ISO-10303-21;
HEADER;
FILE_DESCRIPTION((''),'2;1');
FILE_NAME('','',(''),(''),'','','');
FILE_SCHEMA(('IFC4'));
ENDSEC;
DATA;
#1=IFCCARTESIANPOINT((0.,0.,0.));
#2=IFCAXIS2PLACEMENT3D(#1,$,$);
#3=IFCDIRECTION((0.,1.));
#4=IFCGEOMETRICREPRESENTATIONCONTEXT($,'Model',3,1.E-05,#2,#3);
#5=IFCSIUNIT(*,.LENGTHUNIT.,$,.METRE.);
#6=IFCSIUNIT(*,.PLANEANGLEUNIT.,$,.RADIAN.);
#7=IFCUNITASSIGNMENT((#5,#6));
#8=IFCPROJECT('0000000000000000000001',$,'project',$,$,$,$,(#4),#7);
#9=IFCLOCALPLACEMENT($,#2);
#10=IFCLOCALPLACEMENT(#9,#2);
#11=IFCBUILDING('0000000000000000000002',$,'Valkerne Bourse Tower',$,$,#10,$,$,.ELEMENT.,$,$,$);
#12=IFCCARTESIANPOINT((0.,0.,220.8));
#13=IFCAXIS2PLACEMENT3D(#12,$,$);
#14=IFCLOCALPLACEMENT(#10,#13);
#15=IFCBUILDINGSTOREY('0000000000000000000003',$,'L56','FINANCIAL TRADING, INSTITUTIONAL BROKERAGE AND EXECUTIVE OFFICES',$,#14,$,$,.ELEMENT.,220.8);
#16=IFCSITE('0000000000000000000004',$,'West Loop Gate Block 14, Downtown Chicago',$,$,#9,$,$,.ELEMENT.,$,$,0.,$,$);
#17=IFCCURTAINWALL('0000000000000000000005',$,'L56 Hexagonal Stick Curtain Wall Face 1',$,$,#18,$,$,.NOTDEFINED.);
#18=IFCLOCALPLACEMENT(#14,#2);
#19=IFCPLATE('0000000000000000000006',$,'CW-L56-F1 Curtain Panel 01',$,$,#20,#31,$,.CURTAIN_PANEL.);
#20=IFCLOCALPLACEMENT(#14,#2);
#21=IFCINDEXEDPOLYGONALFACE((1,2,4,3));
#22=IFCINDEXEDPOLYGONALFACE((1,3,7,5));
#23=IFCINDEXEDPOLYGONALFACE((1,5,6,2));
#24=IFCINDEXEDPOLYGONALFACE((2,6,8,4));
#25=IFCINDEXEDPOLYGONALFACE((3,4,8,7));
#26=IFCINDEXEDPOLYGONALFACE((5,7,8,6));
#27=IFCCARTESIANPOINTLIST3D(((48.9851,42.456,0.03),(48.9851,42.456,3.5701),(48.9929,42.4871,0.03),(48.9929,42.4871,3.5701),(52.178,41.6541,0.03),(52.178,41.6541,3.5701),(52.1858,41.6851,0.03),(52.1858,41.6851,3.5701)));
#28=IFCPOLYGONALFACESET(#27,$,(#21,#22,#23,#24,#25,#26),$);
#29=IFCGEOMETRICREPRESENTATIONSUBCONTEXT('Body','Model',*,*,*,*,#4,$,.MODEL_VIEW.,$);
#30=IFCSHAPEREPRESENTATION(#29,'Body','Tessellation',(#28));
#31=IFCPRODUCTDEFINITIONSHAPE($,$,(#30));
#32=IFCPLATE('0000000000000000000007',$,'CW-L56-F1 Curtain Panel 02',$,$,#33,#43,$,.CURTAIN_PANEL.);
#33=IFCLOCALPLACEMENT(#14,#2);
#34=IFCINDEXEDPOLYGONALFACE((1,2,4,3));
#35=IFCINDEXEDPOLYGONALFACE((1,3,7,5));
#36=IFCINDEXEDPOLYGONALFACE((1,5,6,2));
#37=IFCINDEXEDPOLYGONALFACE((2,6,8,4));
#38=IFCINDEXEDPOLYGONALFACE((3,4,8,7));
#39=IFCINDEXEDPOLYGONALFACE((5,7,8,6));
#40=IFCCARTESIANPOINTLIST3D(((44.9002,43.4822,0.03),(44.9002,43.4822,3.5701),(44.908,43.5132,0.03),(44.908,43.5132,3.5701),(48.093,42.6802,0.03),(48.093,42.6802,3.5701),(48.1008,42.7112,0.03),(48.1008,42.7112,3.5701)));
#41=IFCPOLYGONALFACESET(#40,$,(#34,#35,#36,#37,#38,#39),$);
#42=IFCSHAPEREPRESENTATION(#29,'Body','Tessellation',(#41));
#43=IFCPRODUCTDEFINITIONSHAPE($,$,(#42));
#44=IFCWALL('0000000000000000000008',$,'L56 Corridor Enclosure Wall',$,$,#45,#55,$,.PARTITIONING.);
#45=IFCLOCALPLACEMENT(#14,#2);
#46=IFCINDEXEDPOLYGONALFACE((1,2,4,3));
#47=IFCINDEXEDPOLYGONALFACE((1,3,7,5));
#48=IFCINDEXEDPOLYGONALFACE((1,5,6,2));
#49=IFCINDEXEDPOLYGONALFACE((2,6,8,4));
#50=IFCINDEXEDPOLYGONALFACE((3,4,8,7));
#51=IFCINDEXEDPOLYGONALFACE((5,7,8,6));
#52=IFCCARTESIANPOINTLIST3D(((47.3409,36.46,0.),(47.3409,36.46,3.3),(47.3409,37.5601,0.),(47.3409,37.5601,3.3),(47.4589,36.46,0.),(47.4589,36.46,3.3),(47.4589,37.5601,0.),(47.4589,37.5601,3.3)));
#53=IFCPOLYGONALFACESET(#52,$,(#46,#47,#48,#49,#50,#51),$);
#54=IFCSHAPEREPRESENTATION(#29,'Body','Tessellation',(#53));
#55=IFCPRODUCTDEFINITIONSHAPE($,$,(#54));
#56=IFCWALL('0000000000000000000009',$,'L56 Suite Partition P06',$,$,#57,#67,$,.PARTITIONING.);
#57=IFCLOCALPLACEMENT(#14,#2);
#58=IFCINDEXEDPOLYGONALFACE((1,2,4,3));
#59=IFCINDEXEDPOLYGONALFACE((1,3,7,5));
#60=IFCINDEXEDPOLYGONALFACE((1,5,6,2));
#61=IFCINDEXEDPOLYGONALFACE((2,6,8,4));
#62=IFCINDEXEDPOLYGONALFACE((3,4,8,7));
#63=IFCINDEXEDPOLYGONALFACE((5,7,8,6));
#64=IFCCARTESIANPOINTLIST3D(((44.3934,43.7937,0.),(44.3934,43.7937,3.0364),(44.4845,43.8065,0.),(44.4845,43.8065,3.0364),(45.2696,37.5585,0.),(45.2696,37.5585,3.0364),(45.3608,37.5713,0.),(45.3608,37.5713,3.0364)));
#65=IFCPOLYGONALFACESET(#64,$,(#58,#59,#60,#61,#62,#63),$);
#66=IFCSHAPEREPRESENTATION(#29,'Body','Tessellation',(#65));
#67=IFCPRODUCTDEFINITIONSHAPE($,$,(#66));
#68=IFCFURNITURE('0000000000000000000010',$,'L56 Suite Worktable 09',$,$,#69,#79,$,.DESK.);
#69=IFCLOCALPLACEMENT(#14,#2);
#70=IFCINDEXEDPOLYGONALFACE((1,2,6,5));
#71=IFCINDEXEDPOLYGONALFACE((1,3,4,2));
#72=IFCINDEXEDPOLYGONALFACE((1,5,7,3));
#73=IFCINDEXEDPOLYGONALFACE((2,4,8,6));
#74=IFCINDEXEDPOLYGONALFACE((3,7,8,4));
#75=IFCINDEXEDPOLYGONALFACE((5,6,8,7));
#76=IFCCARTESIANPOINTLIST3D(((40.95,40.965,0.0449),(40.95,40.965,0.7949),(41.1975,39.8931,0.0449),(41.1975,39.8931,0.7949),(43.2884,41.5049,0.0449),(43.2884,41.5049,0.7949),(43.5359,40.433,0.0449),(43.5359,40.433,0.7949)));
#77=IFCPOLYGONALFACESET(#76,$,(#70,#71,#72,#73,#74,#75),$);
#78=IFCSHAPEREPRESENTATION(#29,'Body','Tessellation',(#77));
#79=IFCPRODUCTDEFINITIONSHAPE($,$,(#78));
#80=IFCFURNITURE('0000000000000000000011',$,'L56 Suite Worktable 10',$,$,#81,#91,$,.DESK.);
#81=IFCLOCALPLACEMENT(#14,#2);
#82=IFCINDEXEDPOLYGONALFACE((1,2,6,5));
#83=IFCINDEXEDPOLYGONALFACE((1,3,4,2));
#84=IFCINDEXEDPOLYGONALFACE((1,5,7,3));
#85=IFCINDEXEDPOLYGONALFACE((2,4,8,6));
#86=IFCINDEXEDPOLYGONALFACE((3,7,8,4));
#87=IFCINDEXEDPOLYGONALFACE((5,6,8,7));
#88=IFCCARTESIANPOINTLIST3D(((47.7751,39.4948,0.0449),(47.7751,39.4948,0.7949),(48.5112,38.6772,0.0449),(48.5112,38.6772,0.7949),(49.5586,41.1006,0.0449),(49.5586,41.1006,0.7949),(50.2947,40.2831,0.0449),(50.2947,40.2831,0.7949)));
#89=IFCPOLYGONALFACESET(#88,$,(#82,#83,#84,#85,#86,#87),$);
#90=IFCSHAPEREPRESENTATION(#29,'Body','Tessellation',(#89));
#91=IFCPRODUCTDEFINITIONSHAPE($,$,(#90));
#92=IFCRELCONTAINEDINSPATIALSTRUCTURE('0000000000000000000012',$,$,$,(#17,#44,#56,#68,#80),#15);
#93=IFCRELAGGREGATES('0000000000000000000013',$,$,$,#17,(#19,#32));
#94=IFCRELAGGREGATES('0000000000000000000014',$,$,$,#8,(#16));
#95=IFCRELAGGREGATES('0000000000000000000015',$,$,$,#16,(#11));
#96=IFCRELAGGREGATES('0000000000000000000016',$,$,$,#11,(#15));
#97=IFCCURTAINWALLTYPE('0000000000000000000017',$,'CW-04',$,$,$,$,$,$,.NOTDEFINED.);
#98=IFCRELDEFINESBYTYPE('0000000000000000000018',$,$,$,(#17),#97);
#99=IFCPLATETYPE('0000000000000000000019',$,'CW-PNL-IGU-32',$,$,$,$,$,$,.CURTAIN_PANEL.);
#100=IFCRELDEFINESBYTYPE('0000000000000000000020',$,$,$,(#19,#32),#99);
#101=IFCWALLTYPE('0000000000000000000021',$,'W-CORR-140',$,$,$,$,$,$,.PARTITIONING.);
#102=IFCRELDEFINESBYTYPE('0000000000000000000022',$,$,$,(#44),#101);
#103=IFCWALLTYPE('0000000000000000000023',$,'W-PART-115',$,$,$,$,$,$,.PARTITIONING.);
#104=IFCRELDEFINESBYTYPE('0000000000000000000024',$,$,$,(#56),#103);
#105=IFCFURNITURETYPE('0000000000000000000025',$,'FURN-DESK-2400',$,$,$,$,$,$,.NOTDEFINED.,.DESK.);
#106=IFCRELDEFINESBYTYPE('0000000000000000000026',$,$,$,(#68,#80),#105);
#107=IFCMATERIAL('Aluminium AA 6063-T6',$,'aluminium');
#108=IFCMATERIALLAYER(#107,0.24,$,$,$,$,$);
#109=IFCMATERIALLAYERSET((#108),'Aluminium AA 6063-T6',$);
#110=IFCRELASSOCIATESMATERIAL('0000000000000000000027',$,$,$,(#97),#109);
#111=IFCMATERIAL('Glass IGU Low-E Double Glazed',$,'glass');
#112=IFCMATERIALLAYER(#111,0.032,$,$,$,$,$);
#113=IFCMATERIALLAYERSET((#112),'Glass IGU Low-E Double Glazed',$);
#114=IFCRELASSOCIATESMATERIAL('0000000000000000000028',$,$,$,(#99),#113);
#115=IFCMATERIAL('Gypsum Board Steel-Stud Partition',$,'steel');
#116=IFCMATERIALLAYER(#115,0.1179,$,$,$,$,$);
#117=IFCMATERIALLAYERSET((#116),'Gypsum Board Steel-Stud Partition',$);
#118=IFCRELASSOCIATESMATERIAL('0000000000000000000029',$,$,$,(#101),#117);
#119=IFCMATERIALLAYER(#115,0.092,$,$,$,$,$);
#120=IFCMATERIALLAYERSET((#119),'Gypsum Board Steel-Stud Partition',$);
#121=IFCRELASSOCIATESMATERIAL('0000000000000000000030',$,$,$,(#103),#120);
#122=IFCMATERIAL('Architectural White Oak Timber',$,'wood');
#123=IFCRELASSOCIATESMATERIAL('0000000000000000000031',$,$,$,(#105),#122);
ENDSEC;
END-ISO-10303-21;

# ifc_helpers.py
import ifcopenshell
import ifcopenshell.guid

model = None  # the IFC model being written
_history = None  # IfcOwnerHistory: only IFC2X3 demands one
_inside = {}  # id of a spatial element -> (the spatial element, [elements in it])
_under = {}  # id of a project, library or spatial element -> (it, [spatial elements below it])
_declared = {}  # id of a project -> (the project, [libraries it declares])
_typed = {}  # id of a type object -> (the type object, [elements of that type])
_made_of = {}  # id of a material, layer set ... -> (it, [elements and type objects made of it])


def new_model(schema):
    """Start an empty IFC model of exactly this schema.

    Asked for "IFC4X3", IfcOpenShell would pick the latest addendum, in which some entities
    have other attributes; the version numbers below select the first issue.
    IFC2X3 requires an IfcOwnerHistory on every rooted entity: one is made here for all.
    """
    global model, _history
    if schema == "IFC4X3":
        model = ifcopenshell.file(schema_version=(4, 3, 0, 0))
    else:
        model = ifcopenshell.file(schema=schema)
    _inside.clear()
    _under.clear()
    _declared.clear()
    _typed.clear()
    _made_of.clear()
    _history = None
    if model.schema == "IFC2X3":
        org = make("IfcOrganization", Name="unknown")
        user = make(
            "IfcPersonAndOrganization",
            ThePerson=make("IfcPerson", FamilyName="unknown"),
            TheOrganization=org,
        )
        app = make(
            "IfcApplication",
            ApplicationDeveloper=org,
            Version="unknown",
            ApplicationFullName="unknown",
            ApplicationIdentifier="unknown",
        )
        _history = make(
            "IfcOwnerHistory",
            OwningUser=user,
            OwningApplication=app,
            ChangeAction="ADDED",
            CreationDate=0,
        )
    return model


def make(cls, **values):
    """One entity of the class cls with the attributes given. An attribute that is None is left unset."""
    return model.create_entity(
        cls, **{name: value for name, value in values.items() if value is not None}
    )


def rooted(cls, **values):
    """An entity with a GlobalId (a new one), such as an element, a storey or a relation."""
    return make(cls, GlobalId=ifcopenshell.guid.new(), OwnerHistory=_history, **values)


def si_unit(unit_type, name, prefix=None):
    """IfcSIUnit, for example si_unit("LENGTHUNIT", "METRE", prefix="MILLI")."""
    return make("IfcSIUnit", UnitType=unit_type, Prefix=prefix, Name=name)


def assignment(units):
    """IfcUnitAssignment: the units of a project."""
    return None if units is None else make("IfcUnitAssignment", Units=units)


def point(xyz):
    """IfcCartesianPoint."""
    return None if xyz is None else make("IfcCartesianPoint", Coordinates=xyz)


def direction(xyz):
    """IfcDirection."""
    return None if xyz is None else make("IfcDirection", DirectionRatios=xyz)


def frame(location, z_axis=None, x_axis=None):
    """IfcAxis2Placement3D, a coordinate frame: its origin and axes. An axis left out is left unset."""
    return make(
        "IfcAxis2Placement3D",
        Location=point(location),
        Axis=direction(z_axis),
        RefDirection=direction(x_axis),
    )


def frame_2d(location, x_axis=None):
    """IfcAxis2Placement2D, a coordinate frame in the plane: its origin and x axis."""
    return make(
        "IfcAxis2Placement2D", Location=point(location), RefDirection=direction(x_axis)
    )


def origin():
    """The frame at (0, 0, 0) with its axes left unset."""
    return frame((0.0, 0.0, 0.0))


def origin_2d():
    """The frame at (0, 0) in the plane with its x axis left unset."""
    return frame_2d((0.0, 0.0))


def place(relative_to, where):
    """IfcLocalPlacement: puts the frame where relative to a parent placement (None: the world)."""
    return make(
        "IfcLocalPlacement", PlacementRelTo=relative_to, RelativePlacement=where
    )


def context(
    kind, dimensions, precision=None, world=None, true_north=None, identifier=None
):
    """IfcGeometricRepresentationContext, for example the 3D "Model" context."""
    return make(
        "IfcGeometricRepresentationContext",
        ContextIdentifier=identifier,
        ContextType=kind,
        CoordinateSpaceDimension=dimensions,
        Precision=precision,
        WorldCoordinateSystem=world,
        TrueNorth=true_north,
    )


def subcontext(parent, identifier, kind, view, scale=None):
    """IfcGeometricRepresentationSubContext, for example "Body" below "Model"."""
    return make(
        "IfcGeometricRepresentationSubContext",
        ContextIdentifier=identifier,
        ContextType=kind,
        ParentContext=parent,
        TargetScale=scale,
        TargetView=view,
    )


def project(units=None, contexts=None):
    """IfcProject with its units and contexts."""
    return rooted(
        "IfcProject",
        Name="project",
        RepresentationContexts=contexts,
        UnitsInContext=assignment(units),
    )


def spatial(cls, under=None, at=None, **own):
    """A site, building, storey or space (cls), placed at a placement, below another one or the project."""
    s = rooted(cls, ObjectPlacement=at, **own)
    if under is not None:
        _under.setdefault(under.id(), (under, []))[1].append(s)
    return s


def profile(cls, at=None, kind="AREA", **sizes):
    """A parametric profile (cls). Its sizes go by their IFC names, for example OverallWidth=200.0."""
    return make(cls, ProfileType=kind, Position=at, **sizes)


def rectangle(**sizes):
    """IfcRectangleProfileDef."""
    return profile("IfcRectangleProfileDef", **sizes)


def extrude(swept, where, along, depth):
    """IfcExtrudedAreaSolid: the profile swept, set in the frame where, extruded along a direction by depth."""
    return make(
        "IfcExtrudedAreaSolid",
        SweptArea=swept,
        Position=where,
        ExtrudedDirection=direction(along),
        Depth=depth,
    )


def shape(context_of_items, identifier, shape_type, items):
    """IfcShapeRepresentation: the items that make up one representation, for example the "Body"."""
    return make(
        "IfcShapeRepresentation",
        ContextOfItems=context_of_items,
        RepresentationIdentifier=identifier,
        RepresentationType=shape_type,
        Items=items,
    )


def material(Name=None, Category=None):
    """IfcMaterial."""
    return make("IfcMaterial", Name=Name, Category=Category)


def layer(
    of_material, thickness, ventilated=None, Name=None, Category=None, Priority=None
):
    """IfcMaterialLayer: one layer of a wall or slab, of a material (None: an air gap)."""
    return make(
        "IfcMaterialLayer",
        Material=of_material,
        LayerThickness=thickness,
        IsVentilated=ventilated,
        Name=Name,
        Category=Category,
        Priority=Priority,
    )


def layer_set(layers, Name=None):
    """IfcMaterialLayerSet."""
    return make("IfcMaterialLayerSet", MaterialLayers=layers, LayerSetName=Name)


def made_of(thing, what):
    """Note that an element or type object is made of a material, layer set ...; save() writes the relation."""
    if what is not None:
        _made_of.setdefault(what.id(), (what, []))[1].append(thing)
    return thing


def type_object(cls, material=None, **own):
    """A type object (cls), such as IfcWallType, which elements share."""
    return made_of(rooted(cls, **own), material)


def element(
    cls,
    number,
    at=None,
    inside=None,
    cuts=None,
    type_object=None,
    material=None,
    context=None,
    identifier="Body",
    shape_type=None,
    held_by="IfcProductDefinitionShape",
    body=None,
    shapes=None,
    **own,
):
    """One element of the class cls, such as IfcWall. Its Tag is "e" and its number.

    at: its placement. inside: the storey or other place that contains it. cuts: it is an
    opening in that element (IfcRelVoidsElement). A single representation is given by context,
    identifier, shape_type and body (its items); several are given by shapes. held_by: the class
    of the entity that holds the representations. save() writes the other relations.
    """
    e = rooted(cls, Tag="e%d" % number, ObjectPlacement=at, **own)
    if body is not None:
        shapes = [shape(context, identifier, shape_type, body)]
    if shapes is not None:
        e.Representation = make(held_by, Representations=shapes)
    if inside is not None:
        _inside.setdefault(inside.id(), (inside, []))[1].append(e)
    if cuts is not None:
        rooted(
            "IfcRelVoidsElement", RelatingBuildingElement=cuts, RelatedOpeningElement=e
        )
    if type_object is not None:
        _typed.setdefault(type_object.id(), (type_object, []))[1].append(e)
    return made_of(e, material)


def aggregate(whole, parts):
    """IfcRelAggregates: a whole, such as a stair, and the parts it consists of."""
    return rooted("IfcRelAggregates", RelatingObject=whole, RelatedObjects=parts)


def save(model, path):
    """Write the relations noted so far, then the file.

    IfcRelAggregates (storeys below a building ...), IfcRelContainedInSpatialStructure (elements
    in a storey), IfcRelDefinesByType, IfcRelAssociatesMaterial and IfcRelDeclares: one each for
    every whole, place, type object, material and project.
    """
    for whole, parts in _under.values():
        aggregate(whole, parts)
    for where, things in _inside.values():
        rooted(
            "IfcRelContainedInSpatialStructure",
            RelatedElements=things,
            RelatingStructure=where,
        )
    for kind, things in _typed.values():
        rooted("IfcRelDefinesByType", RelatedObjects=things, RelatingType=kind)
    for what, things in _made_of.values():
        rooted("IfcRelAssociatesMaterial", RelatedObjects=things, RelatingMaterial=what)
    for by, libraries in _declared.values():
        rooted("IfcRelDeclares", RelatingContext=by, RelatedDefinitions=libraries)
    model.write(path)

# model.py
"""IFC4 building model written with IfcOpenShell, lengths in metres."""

from ifc_helpers import new_model, si_unit, direction, frame, frame_2d, origin, origin_2d, place, context, subcontext, project, spatial, rectangle, extrude, material, layer, layer_set, type_object, element, aggregate, save


model = new_model("IFC4")

# Units and contexts
model_context = context("Model", 3, precision=1e-05, world=origin(), true_north=direction((0.0, 1.0)))
body_context = subcontext(model_context, "Body", "Model", "MODEL_VIEW")
ifc_project = project(units=[si_unit("LENGTHUNIT", "METRE"), si_unit("PLANEANGLEUNIT", "RADIAN")], contexts=[model_context])

# Site, building, storey
site_placement = place(None, origin())
site = spatial("IfcSite", under=ifc_project, at=site_placement, Name="West Loop Gate Block 14, Downtown Chicago", CompositionType="ELEMENT", RefElevation=0.0)
building_placement = place(site_placement, origin())
building = spatial("IfcBuilding", under=site, at=building_placement, Name="Valkerne Bourse Tower", CompositionType="ELEMENT")
storey_placement = place(building_placement, frame((0.0, 0.0, 220.8)))
storey = spatial("IfcBuildingStorey", under=building, at=storey_placement, Name="L56", Description="FINANCIAL TRADING, INSTITUTIONAL BROKERAGE AND EXECUTIVE OFFICES", CompositionType="ELEMENT", Elevation=220.8)

# Curtain wall
ifc_material_1 = material(Name="Aluminium AA 6063-T6", Category="aluminium")
ifc_layer_1 = layer(ifc_material_1, 0.24)
ifc_layer_set_1 = layer_set([ifc_layer_1], Name="Aluminium AA 6063-T6")
curtain_wall_type = type_object("IfcCurtainWallType", Name="CW-04", PredefinedType="NOTDEFINED", material=ifc_layer_set_1)
curtain_wall_1_placement = place(storey_placement, origin())
curtain_wall_1 = element("IfcCurtainWall", 1, at=curtain_wall_1_placement, inside=storey, type_object=curtain_wall_type, Name="L56 Hexagonal Stick Curtain Wall Face 1", PredefinedType="NOTDEFINED")

# Plates
ifc_material_2 = material(Name="Glass IGU Low-E Double Glazed", Category="glass")
ifc_layer_2 = layer(ifc_material_2, 0.032)
ifc_layer_set_2 = layer_set([ifc_layer_2], Name="Glass IGU Low-E Double Glazed")
plate_type = type_object("IfcPlateType", Name="CW-PNL-IGU-32", PredefinedType="CURTAIN_PANEL", material=ifc_layer_set_2)
plate_1_placement = place(storey_placement, frame((50.5854, 42.0706, 0.03), z_axis=(0.0, 0.0, 1.0), x_axis=(-0.969872, 0.243614, 0.0)))
plate_1 = element("IfcPlate", 2, at=plate_1_placement, type_object=plate_type, Name="CW-L56-F1 Curtain Panel 01", PredefinedType="CURTAIN_PANEL", context=body_context, shape_type="SweptSolid", body=[
    extrude(rectangle(XDim=3.292, YDim=0.032, at=origin_2d()), origin(), (0.0, 0.0, 1.0), 3.54),
])
plate_2_placement = place(storey_placement, frame((46.5005, 43.0967, 0.03), z_axis=(0.0, 0.0, 1.0), x_axis=(-0.969872, 0.243614, 0.0)))
plate_2 = element("IfcPlate", 3, at=plate_2_placement, type_object=plate_type, Name="CW-L56-F1 Curtain Panel 02", PredefinedType="CURTAIN_PANEL", context=body_context, shape_type="SweptSolid", body=[
    extrude(rectangle(XDim=3.292, YDim=0.032, at=origin_2d()), origin(), (0.0, 0.0, 1.0), 3.54),
])
aggregate(curtain_wall_1, [plate_1, plate_2])

# Walls
ifc_material_3 = material(Name="Gypsum Board Steel-Stud Partition", Category="steel")
ifc_layer_3 = layer(ifc_material_3, 0.1179)
ifc_layer_set_3 = layer_set([ifc_layer_3], Name="Gypsum Board Steel-Stud Partition")
wall_type_1 = type_object("IfcWallType", Name="W-CORR-140", PredefinedType="PARTITIONING", material=ifc_layer_set_3)
wall_1_placement = place(storey_placement, frame((47.3999, 37.5601, 0.0), z_axis=(0.0, 0.0, 1.0), x_axis=(0.0, -1.0, 0.0)))
element("IfcWall", 4, at=wall_1_placement, inside=storey, type_object=wall_type_1, Name="L56 Corridor Enclosure Wall", PredefinedType="PARTITIONING", context=body_context, shape_type="SweptSolid", body=[
    extrude(rectangle(XDim=1.1001, YDim=0.1179, at=frame_2d((0.55, 0.0))), origin(), (0.0, 0.0, 1.0), 3.3),
])
ifc_layer_4 = layer(ifc_material_3, 0.092)
ifc_layer_set_4 = layer_set([ifc_layer_4], Name="Gypsum Board Steel-Stud Partition")
wall_type_2 = type_object("IfcWallType", Name="W-PART-115", PredefinedType="PARTITIONING", material=ifc_layer_set_4)
wall_2_placement = place(storey_placement, frame((45.3152, 37.5649, 0.0), z_axis=(0.0, 0.0, 1.0), x_axis=(-0.139163, 0.99027, 0.0)))
element("IfcWall", 5, at=wall_2_placement, inside=storey, type_object=wall_type_2, Name="L56 Suite Partition P06", PredefinedType="PARTITIONING", context=body_context, shape_type="SweptSolid", body=[
    extrude(rectangle(XDim=6.2964, YDim=0.092, at=frame_2d((3.1482, 0.0))), origin(), (0.0, 0.0, 1.0), 3.0364),
])

# Furniture
ifc_material_4 = material(Name="Architectural White Oak Timber", Category="wood")
furniture_type = type_object("IfcFurnitureType", Name="FURN-DESK-2400", AssemblyPlace="NOTDEFINED", PredefinedType="DESK", material=ifc_material_4)
for number, where, z_axis, x_axis, name in (
    (6, (42.2429, 40.699, 0.0449), (0.0, 0.0, 1.0), (0.97437, 0.224951, 0.0), "L56 Suite Worktable 09"),
    (7, (49.0349, 39.8889, 0.0449), (0.0, 0.0, 1.0), (0.743145, 0.669131, 0.0), "L56 Suite Worktable 10"),
):
    element("IfcFurniture", number, at=place(storey_placement, frame(where, z_axis=z_axis, x_axis=x_axis)), inside=storey, type_object=furniture_type, Name=name, PredefinedType="DESK", context=body_context, shape_type="SweptSolid", body=[
        extrude(rectangle(XDim=2.3999, YDim=1.1001, at=origin_2d()), origin(), (0.0, 0.0, 1.0), 0.75),
    ])

save(model, "model.ifc")
